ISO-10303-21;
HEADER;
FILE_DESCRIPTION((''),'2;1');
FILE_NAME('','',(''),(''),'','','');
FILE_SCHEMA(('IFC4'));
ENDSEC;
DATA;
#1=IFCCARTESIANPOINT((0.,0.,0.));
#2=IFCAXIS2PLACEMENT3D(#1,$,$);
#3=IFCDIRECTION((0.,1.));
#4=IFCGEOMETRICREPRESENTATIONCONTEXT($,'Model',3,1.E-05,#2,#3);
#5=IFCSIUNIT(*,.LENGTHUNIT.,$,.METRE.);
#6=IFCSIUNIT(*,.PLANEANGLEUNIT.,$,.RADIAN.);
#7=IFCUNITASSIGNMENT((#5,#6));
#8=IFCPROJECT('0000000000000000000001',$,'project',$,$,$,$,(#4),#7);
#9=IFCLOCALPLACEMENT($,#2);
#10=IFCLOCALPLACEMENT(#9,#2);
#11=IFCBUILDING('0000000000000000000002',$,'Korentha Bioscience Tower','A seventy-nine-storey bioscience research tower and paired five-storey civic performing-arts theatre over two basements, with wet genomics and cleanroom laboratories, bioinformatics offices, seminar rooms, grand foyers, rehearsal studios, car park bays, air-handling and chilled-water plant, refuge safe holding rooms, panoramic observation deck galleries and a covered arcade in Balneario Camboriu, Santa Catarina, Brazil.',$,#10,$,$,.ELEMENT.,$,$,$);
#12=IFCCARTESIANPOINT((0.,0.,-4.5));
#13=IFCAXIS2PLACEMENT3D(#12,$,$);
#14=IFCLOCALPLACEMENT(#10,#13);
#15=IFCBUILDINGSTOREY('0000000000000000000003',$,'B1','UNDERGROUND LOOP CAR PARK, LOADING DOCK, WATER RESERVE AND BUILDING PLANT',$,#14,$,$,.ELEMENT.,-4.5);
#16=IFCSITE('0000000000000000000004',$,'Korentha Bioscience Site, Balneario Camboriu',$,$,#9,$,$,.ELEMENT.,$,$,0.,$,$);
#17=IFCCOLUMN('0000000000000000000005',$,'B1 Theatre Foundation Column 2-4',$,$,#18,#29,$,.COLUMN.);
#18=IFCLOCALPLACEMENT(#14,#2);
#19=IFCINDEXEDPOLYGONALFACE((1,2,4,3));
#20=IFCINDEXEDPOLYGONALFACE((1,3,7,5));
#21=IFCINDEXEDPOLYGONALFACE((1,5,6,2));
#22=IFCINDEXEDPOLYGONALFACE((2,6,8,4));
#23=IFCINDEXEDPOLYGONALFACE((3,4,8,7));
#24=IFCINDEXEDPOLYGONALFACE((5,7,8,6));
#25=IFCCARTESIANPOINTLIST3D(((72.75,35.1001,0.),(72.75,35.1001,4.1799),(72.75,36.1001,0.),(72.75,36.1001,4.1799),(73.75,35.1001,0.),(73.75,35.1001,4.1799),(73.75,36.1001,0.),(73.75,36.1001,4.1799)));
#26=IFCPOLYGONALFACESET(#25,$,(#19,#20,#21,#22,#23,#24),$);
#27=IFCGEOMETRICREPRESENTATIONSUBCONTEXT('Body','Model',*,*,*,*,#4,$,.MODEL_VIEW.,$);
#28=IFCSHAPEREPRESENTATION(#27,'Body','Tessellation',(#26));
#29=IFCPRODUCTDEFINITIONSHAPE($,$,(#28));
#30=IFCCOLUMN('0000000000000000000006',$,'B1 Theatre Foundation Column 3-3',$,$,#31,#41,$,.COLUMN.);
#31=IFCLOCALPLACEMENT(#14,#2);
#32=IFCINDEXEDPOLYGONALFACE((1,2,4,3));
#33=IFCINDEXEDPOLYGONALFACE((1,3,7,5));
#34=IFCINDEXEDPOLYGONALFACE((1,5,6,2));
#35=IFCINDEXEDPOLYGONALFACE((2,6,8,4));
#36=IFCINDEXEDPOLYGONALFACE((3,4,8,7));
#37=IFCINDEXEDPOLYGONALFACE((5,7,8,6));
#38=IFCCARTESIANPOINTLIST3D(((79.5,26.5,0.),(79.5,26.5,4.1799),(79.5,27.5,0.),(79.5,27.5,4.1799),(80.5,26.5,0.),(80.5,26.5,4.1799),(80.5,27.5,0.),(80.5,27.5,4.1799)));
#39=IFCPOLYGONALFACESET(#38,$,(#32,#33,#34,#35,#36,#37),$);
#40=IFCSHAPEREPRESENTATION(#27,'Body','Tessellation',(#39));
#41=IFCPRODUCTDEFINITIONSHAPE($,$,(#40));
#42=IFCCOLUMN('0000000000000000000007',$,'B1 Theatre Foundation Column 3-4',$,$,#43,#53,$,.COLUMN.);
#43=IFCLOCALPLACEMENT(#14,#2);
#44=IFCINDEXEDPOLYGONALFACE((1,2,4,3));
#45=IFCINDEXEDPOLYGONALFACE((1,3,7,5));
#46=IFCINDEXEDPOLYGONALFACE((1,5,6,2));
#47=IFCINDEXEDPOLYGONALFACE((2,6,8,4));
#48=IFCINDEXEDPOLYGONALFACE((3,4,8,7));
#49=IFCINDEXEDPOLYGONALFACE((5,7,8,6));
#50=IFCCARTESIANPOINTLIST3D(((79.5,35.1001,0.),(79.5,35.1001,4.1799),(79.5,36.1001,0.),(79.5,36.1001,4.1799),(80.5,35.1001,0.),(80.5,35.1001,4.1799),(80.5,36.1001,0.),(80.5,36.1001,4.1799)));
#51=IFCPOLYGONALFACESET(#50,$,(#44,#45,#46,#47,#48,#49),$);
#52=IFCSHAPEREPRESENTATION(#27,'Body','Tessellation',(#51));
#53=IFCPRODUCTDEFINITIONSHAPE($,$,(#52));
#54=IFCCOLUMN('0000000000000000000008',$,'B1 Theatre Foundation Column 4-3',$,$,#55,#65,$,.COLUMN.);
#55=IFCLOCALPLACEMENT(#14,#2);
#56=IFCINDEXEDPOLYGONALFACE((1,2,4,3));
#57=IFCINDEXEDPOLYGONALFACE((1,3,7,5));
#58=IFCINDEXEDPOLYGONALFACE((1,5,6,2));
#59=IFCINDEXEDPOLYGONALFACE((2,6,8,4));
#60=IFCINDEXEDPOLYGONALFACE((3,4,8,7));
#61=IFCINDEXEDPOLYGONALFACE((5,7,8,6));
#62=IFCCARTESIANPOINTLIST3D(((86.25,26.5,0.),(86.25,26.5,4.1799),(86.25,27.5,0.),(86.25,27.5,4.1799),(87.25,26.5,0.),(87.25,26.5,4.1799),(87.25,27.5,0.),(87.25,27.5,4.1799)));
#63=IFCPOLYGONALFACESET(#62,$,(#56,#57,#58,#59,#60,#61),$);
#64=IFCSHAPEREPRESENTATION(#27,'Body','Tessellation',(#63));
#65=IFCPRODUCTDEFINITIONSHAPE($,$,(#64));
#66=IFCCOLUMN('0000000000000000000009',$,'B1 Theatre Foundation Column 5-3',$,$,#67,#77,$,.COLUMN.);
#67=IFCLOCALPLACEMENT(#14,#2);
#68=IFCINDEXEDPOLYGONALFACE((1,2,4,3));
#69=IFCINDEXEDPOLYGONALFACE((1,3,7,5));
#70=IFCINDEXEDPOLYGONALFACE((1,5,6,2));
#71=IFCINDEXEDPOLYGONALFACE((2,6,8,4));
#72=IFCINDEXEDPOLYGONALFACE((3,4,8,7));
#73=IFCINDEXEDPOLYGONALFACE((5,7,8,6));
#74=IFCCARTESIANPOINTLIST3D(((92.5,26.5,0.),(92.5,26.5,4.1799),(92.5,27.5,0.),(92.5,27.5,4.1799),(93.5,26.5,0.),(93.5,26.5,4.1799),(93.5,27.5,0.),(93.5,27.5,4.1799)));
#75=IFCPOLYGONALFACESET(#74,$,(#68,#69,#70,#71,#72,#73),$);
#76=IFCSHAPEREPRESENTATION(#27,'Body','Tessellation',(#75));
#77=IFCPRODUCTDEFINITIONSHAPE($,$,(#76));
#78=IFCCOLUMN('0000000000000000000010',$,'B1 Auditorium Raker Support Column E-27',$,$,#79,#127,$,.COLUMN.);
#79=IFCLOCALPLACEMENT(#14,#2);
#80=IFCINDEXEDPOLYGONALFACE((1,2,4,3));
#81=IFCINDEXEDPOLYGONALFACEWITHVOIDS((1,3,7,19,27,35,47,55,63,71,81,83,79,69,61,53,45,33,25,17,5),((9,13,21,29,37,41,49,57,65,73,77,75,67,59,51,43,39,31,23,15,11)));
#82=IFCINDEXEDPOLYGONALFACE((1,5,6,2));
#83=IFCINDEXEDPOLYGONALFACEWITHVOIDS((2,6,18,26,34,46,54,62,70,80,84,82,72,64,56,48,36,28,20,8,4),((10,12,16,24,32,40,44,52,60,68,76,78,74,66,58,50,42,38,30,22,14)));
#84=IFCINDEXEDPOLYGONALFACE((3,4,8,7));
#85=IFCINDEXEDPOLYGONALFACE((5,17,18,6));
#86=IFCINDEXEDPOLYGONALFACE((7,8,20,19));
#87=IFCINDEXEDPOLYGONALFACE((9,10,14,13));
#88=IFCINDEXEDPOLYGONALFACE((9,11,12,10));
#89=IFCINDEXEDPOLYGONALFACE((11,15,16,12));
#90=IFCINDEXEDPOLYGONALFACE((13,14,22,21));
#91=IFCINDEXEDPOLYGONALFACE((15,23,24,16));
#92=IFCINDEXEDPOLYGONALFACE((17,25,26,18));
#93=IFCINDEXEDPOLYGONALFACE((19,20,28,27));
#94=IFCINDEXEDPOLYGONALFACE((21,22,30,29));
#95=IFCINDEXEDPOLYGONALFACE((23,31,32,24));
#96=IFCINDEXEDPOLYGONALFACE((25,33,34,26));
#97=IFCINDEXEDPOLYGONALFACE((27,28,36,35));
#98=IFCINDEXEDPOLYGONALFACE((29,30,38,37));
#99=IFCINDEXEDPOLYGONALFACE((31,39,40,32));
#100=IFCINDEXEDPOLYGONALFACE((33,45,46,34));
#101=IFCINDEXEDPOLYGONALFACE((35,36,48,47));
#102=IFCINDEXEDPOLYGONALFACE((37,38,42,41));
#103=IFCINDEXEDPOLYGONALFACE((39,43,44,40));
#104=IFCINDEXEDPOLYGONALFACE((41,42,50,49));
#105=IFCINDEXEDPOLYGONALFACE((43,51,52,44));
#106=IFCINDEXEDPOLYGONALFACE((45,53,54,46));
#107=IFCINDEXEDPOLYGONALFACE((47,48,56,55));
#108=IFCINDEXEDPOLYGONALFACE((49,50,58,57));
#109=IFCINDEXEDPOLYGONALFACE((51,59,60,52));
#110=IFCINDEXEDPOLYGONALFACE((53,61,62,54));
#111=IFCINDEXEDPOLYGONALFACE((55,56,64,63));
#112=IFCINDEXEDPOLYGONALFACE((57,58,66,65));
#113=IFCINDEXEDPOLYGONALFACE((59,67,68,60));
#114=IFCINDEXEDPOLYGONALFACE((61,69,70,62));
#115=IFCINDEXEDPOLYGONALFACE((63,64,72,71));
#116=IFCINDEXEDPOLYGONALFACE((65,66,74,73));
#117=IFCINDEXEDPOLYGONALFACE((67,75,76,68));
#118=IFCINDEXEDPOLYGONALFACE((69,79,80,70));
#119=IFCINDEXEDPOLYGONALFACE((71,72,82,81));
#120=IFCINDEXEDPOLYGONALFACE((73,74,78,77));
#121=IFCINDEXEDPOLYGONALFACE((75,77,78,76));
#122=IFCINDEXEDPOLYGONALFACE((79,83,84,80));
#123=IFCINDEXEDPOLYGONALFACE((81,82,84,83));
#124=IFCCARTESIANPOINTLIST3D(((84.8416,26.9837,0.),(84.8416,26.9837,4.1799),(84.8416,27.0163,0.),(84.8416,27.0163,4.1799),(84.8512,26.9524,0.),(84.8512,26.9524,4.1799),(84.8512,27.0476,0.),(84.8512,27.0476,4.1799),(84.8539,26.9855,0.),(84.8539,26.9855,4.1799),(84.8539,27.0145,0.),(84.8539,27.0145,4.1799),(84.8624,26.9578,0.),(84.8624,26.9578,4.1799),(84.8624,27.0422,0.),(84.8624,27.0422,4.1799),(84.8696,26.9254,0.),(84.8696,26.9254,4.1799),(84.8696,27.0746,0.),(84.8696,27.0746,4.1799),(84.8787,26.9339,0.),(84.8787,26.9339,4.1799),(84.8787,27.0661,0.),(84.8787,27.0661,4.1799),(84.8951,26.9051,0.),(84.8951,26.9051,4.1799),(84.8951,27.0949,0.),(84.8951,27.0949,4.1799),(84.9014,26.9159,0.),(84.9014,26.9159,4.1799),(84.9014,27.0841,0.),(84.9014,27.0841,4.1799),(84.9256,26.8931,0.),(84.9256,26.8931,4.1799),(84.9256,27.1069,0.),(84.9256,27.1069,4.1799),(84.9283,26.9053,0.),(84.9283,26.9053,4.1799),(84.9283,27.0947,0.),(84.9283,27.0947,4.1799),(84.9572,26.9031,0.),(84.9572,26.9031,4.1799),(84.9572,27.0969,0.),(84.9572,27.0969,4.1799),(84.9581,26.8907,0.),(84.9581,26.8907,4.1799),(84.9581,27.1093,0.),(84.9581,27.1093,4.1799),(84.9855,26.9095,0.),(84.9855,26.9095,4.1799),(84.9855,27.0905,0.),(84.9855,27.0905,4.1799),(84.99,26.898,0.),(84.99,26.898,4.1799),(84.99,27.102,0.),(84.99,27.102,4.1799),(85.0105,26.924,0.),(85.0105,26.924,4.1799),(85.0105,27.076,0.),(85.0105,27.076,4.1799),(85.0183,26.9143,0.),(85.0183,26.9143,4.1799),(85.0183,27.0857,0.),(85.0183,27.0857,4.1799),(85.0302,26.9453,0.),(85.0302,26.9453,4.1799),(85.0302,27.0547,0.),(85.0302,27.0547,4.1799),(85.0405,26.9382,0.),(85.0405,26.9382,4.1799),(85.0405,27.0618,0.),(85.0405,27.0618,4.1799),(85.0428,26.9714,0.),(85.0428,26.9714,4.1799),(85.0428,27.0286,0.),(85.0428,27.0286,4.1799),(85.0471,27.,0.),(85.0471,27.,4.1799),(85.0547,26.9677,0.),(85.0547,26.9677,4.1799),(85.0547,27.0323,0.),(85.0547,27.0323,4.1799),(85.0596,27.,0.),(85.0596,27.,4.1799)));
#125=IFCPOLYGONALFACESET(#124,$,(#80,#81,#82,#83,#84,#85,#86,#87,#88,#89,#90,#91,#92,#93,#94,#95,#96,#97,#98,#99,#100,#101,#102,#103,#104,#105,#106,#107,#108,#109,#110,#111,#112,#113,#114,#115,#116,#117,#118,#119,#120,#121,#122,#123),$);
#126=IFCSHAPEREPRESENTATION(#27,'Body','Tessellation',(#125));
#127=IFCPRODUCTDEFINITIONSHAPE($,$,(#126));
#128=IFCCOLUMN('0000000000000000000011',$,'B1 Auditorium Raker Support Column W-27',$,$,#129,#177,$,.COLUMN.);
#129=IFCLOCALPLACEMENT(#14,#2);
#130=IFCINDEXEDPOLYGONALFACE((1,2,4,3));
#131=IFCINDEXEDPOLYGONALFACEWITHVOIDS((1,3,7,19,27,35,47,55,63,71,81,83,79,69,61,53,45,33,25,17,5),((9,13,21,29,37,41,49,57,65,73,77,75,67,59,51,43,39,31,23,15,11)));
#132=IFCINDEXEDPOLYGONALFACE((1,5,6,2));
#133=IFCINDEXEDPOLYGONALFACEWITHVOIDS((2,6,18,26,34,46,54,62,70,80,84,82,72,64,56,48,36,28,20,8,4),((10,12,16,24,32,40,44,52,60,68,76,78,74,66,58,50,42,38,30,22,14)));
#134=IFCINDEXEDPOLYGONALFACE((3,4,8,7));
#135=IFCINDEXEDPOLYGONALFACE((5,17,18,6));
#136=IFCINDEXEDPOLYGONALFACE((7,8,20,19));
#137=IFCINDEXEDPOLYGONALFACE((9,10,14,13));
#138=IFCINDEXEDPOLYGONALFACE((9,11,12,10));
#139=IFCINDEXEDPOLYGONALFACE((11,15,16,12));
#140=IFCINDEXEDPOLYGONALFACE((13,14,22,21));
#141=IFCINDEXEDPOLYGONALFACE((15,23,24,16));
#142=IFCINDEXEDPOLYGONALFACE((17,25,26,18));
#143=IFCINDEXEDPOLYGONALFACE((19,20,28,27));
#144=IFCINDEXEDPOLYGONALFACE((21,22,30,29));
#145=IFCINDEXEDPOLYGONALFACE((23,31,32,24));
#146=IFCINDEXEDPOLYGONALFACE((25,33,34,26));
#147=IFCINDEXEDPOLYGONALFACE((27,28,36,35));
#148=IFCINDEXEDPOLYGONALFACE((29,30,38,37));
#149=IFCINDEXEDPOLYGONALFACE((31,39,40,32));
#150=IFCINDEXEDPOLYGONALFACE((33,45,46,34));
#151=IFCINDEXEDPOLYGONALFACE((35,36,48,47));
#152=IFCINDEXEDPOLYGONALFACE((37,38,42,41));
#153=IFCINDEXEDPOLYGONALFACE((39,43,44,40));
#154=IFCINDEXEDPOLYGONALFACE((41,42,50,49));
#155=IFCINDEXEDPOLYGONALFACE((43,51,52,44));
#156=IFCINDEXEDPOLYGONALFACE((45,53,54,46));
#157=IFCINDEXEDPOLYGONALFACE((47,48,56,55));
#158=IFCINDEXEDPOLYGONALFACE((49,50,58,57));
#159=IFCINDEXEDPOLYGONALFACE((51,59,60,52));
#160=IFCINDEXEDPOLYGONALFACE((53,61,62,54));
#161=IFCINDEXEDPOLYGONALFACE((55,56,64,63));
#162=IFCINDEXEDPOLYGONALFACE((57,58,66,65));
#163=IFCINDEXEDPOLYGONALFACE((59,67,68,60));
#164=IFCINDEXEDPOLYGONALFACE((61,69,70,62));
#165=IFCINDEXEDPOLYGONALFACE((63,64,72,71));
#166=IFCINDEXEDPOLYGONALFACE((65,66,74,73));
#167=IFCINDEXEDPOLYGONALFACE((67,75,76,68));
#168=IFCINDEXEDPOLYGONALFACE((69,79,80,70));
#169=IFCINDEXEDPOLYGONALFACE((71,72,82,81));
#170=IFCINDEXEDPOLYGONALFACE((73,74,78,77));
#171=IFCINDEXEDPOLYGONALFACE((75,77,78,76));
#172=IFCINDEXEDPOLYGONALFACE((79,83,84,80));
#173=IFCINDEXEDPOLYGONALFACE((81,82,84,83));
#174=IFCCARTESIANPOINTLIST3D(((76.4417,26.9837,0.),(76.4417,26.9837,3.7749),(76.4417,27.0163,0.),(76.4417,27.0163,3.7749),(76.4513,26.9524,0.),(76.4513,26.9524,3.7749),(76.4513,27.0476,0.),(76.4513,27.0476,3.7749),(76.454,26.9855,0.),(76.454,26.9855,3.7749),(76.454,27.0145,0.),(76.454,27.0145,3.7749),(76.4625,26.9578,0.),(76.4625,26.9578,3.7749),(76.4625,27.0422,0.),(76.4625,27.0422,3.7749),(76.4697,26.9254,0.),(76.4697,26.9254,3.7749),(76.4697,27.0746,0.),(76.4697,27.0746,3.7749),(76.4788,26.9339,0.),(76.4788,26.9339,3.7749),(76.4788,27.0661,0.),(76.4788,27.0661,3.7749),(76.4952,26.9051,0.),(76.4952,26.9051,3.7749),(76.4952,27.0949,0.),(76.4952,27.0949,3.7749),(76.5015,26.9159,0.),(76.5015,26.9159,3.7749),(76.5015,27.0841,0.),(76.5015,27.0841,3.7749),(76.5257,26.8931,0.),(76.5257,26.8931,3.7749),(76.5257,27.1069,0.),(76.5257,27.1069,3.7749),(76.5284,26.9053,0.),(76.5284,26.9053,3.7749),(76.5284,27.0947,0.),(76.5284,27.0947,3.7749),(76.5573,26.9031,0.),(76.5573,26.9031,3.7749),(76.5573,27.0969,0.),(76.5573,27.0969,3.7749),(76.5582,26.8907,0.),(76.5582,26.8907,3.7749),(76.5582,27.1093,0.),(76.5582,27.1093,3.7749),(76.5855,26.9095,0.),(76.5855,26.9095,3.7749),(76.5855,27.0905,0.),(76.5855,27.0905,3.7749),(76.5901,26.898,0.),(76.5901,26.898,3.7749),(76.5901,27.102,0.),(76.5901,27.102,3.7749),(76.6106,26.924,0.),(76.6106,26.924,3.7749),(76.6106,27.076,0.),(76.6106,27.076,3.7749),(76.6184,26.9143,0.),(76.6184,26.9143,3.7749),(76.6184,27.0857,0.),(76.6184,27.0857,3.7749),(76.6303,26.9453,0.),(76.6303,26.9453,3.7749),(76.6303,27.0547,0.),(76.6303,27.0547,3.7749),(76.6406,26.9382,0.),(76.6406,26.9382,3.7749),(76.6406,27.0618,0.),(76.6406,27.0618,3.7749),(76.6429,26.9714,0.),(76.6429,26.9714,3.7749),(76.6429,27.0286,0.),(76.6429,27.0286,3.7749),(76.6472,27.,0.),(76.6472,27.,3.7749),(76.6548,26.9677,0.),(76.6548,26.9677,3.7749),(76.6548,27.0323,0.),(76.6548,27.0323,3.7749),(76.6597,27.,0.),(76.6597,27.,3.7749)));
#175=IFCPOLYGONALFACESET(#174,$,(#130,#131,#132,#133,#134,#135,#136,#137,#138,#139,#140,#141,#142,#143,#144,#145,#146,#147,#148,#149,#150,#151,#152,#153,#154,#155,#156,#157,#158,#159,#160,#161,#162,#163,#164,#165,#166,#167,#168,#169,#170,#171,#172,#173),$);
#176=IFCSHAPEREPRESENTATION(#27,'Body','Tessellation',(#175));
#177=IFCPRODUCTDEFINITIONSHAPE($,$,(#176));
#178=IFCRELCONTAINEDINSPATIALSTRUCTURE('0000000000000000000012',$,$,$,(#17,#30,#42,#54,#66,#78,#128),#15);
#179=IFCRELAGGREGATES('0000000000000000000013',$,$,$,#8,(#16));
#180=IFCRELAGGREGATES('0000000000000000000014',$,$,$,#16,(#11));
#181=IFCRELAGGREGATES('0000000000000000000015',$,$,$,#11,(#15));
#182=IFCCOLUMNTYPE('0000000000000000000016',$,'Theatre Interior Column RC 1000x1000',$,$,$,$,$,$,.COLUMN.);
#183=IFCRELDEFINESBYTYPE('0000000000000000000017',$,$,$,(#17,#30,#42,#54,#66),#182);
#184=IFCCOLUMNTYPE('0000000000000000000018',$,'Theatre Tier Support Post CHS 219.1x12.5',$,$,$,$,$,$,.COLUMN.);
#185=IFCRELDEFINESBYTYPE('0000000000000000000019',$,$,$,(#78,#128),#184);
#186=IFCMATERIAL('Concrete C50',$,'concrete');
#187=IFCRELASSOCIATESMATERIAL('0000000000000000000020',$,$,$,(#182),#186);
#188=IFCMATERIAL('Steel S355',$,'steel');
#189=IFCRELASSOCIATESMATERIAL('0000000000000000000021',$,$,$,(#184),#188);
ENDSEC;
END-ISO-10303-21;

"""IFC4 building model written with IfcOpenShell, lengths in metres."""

from ifc_helpers import new_model, si_unit, direction, frame, origin, origin_2d, place, context, subcontext, project, spatial, rectangle, hollow_circle, extrude, material, material_profile, profile_set, type_object, element, save


model = new_model("IFC4")

# Units and contexts
model_context = context("Model", 3, precision=1e-05, world=origin(), true_north=direction((0.0, 1.0)))
body_context = subcontext(model_context, "Body", "Model", "MODEL_VIEW")
ifc_project = project(units=[si_unit("LENGTHUNIT", "METRE"), si_unit("PLANEANGLEUNIT", "RADIAN")], contexts=[model_context])

# Site, building, storey
site_placement = place(None, origin())
site = spatial("IfcSite", under=ifc_project, at=site_placement, Name="Korentha Bioscience Site, Balneario Camboriu", CompositionType="ELEMENT", RefElevation=0.0)
building_placement = place(site_placement, origin())
building = spatial("IfcBuilding", under=site, at=building_placement, Name="Korentha Bioscience Tower", Description="A seventy-nine-storey bioscience research tower and paired five-storey civic performing-arts theatre over two basements, with wet genomics and cleanroom laboratories, bioinformatics offices, seminar rooms, grand foyers, rehearsal studios, car park bays, air-handling and chilled-water plant, refuge safe holding rooms, panoramic observation deck galleries and a covered arcade in Balneario Camboriu, Santa Catarina, Brazil.", CompositionType="ELEMENT")
storey_placement = place(building_placement, frame((0.0, 0.0, -4.5)))
storey = spatial("IfcBuildingStorey", under=building, at=storey_placement, Name="B1", Description="UNDERGROUND LOOP CAR PARK, LOADING DOCK, WATER RESERVE AND BUILDING PLANT", CompositionType="ELEMENT", Elevation=-4.5)

# Columns
ifc_material_1 = material(Name="Concrete C50", Category="concrete")
ifc_material_profile_1 = material_profile(ifc_material_1, rectangle(XDim=1.0, YDim=1.0, at=origin_2d()), Name="Concrete C50")
ifc_profile_set_1 = profile_set([ifc_material_profile_1], Name="Concrete C50 (TC-I01)")
column_type_1 = type_object("IfcColumnType", Name="Theatre Interior Column RC 1000x1000", PredefinedType="COLUMN", material=ifc_profile_set_1)
for number, where, z_axis, x_axis, name in (
    (1, (73.25, 35.6001, 0.0), (0.0, 0.0, 1.0), (1.0, 0.0, 0.0), "B1 Theatre Foundation Column 2-4"),
    (2, (80.0, 27.0, 0.0), (0.0, 0.0, 1.0), (1.0, 0.0, 0.0), "B1 Theatre Foundation Column 3-3"),
    (3, (80.0, 35.6001, 0.0), (0.0, 0.0, 1.0), (1.0, 0.0, 0.0), "B1 Theatre Foundation Column 3-4"),
    (4, (86.75, 27.0, 0.0), (0.0, 0.0, 1.0), (1.0, 0.0, 0.0), "B1 Theatre Foundation Column 4-3"),
    (5, (93.0, 27.0, 0.0), (0.0, 0.0, 1.0), (1.0, 0.0, 0.0), "B1 Theatre Foundation Column 5-3"),
):
    element("IfcColumn", number, at=place(storey_placement, frame(where, z_axis=z_axis, x_axis=x_axis)), inside=storey, type_object=column_type_1, Name=name, PredefinedType="COLUMN", context=body_context, shape_type="SweptSolid", body=[
        extrude(rectangle(XDim=1.0, YDim=1.0, at=origin_2d()), origin(), (0.0, 0.0, 1.0), 4.1799),
    ])
ifc_material_2 = material(Name="Steel S355", Category="steel")
ifc_material_profile_2 = material_profile(ifc_material_2, hollow_circle(Radius=0.1096, WallThickness=0.0125, at=origin_2d()), Name="Steel S355")
ifc_profile_set_2 = profile_set([ifc_material_profile_2], Name="Steel S355 (TC-P219)")
column_type_2 = type_object("IfcColumnType", Name="Theatre Tier Support Post CHS 219.1x12.5", PredefinedType="COLUMN", material=ifc_profile_set_2)
column_placement = place(storey_placement, frame((84.95, 27.0, 0.0), z_axis=(0.0, 0.0, 1.0), x_axis=(1.0, 0.0, 0.0)))
element("IfcColumn", 6, at=column_placement, inside=storey, type_object=column_type_2, Name="B1 Auditorium Raker Support Column E-27", PredefinedType="COLUMN", context=body_context, shape_type="SweptSolid", body=[
    extrude(hollow_circle(Radius=0.1096, WallThickness=0.0125, at=origin_2d()), origin(), (0.0, 0.0, 1.0), 4.1799),
])
for number, where, z_axis, x_axis, name in (
    (7, (76.55, 27.0, 0.0), (0.0, 0.0, 1.0), (1.0, 0.0, 0.0), "B1 Auditorium Raker Support Column W-27"),
):
    element("IfcColumn", number, at=place(storey_placement, frame(where, z_axis=z_axis, x_axis=x_axis)), inside=storey, type_object=column_type_2, Name=name, PredefinedType="COLUMN", context=body_context, shape_type="SweptSolid", body=[
        extrude(hollow_circle(Radius=0.1096, WallThickness=0.0125, at=origin_2d()), origin(), (0.0, 0.0, 1.0), 3.7749),
    ])

save(model, "model.ifc")
